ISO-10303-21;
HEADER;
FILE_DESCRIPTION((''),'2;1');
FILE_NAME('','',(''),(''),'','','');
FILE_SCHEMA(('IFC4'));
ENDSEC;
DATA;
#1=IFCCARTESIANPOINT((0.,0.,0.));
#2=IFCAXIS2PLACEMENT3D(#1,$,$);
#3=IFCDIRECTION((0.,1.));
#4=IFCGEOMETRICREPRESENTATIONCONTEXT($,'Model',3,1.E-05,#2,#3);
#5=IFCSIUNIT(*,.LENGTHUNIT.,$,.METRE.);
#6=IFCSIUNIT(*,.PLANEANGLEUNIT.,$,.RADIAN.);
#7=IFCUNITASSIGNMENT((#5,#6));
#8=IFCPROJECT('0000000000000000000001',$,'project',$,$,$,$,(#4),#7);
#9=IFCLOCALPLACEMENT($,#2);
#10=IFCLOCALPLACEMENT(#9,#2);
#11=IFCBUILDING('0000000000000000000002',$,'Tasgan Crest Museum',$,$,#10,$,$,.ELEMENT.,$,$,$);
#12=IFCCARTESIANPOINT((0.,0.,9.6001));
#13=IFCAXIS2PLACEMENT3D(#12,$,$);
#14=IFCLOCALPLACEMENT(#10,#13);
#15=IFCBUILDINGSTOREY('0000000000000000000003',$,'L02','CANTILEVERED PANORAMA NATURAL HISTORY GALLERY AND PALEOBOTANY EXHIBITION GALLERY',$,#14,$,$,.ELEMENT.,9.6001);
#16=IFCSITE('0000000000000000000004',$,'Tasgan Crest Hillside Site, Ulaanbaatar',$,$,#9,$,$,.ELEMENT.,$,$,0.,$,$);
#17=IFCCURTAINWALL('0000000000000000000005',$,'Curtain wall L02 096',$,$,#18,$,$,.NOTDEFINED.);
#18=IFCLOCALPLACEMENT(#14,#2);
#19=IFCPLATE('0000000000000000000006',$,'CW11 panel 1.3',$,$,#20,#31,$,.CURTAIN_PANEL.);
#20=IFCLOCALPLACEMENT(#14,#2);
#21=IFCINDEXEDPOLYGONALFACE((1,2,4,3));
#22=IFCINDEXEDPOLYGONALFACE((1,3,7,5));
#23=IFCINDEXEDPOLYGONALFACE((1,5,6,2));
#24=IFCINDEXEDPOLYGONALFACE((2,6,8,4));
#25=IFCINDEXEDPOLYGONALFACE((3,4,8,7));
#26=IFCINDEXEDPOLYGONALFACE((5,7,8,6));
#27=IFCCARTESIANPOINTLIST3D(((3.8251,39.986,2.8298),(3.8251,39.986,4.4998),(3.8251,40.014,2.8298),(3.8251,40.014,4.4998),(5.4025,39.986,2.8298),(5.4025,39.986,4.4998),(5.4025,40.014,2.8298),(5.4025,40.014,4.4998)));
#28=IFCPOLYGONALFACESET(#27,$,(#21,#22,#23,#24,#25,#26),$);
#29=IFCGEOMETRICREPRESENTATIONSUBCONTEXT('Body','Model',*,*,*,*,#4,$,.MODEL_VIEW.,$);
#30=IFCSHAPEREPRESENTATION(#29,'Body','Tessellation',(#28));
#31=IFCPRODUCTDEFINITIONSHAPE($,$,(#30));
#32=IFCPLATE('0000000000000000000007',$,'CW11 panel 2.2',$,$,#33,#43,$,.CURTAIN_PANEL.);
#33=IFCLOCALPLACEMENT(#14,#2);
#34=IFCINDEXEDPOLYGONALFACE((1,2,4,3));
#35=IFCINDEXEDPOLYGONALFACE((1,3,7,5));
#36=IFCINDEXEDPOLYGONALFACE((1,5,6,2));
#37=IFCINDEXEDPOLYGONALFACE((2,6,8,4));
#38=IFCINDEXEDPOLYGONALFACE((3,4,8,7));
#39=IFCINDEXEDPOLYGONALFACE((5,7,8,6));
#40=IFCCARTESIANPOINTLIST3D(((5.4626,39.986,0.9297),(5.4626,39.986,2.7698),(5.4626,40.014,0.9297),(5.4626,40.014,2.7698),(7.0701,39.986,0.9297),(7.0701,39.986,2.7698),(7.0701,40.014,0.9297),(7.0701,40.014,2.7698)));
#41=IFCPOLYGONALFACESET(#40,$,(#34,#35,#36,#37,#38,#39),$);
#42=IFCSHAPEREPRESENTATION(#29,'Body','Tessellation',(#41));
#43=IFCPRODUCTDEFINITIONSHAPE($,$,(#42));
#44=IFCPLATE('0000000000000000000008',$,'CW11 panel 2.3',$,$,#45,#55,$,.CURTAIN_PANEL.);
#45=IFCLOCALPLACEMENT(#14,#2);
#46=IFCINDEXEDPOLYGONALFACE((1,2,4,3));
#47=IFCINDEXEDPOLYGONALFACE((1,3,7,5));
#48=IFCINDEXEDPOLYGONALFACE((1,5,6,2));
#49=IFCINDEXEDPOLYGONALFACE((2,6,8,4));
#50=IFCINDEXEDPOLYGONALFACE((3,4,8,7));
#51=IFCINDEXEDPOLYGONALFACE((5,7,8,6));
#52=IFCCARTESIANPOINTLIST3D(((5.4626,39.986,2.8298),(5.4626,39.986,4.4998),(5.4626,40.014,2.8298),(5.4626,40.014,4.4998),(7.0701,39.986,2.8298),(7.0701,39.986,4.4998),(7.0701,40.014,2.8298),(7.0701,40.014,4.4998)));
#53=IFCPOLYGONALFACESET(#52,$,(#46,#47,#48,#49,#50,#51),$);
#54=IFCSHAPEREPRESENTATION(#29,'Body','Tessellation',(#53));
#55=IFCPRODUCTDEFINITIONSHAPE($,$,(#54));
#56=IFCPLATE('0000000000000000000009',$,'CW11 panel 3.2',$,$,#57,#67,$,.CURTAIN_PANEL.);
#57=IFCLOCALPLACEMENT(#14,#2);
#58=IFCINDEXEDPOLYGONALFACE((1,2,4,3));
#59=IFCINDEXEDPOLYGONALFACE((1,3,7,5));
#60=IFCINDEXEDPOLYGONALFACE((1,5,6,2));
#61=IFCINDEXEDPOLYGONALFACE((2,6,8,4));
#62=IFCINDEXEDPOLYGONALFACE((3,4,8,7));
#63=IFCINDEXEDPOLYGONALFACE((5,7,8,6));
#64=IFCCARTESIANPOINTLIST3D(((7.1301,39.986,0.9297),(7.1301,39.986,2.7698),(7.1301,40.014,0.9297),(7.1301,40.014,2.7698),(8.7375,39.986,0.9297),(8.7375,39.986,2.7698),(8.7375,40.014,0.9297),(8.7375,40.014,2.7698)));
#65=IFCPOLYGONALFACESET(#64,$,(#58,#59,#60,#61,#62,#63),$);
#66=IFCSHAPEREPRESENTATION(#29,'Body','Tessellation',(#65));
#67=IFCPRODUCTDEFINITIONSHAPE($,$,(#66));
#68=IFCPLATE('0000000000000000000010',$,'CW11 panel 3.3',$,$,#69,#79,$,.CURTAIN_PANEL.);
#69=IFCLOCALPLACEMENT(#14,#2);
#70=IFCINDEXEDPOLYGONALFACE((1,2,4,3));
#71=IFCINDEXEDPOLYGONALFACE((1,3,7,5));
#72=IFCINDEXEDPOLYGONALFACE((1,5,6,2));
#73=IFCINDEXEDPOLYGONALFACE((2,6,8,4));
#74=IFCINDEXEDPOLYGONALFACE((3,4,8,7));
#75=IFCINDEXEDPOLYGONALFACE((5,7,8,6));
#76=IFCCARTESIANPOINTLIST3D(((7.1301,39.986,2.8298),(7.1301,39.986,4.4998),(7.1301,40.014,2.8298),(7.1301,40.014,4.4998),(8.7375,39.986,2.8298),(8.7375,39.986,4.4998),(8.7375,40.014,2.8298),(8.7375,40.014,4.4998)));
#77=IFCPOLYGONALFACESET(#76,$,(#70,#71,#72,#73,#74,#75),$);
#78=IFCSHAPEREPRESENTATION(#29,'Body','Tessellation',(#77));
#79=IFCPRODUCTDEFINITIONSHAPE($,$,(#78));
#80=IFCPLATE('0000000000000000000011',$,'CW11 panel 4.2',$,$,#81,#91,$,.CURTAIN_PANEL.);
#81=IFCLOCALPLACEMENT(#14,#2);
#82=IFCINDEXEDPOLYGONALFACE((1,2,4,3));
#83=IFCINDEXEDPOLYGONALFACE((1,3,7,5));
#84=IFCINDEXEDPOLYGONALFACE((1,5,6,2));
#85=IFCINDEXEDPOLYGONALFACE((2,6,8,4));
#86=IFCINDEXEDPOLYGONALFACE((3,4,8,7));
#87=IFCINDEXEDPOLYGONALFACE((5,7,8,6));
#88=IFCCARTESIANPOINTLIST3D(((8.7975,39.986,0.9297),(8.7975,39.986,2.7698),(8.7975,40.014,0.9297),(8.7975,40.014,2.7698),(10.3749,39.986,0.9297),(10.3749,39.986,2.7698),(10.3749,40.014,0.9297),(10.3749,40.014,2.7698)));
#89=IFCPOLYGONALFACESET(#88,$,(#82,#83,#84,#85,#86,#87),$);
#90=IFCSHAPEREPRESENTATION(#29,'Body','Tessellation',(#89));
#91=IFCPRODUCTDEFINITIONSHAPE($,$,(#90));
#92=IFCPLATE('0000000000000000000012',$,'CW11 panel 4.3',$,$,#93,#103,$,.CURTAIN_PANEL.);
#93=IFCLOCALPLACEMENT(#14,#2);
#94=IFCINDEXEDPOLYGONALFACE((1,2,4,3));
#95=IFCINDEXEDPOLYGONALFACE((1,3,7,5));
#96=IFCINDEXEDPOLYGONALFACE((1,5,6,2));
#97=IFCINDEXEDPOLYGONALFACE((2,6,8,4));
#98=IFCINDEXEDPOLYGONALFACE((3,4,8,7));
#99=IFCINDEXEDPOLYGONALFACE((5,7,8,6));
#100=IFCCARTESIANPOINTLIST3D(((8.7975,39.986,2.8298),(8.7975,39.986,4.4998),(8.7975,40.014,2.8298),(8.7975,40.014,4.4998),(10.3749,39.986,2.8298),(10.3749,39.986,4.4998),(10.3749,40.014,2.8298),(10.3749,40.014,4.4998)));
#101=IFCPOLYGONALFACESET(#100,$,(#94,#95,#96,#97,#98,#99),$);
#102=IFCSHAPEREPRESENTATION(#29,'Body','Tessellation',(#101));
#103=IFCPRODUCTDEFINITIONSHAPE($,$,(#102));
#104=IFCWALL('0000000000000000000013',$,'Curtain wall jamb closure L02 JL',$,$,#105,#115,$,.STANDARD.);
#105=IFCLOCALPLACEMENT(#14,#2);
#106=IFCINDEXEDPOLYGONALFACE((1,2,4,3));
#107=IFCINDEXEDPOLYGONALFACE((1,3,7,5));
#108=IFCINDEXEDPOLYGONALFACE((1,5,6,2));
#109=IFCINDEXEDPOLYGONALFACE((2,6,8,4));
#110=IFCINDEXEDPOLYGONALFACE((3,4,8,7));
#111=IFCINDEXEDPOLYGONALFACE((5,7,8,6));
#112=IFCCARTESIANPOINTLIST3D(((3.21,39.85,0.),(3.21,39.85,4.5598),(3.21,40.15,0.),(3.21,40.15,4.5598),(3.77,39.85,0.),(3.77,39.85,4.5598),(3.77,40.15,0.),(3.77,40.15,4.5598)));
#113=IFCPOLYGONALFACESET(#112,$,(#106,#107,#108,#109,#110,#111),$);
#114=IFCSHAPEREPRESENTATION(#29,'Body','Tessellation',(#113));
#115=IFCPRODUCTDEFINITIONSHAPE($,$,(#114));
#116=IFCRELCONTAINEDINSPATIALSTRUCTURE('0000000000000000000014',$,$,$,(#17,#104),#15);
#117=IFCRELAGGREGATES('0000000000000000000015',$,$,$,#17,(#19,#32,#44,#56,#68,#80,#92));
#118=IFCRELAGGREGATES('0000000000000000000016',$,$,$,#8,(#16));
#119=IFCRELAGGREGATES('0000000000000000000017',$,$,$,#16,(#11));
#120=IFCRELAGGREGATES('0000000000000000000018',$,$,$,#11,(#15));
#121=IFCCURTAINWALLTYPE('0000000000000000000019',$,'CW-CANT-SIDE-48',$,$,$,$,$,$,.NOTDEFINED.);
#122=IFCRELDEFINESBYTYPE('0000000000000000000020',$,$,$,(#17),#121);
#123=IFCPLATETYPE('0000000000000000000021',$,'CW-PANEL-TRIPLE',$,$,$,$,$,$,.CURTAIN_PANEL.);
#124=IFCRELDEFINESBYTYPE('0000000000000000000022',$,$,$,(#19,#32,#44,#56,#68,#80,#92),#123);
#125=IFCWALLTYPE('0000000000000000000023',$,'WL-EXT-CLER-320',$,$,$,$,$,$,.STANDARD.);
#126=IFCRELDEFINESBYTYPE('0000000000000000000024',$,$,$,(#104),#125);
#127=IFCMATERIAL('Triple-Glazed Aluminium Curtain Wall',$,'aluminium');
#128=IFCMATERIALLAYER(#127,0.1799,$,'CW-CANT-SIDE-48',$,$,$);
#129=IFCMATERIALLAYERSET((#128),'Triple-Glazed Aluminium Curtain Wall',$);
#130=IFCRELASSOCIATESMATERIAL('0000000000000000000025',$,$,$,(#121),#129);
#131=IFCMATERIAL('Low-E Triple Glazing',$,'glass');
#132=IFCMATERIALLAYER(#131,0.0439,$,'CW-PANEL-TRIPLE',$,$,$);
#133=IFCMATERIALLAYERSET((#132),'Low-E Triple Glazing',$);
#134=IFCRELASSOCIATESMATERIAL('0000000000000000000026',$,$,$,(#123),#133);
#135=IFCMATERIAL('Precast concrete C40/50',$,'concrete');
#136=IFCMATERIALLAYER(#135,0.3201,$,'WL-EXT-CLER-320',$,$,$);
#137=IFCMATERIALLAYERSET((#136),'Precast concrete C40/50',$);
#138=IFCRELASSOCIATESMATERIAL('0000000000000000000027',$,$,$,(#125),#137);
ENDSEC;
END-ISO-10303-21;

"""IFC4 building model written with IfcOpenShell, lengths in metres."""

from ifc_helpers import new_model, si_unit, direction, frame, frame_2d, origin, origin_2d, place, context, subcontext, project, spatial, rectangle, extrude, material, layer, layer_set, type_object, element, aggregate, save


model = new_model("IFC4")

# Units and contexts
model_context = context("Model", 3, precision=1e-05, world=origin(), true_north=direction((0.0, 1.0)))
body_context = subcontext(model_context, "Body", "Model", "MODEL_VIEW")
ifc_project = project(units=[si_unit("LENGTHUNIT", "METRE"), si_unit("PLANEANGLEUNIT", "RADIAN")], contexts=[model_context])

# Site, building, storey
site_placement = place(None, origin())
site = spatial("IfcSite", under=ifc_project, at=site_placement, Name="Tasgan Crest Hillside Site, Ulaanbaatar", CompositionType="ELEMENT", RefElevation=0.0)
building_placement = place(site_placement, origin())
building = spatial("IfcBuilding", under=site, at=building_placement, Name="Tasgan Crest Museum", CompositionType="ELEMENT")
storey_placement = place(building_placement, frame((0.0, 0.0, 9.6001)))
storey = spatial("IfcBuildingStorey", under=building, at=storey_placement, Name="L02", Description="CANTILEVERED PANORAMA NATURAL HISTORY GALLERY AND PALEOBOTANY EXHIBITION GALLERY", CompositionType="ELEMENT", Elevation=9.6001)

# Curtain wall
ifc_material_1 = material(Name="Triple-Glazed Aluminium Curtain Wall", Category="aluminium")
ifc_layer_1 = layer(ifc_material_1, 0.1799, Name="CW-CANT-SIDE-48")
ifc_layer_set_1 = layer_set([ifc_layer_1], Name="Triple-Glazed Aluminium Curtain Wall")
curtain_wall_type = type_object("IfcCurtainWallType", Name="CW-CANT-SIDE-48", PredefinedType="NOTDEFINED", material=ifc_layer_set_1)
curtain_wall_placement = place(storey_placement, origin())
curtain_wall = element("IfcCurtainWall", 1, at=curtain_wall_placement, inside=storey, type_object=curtain_wall_type, Name="Curtain wall L02 096", PredefinedType="NOTDEFINED")

# Plates
ifc_material_2 = material(Name="Low-E Triple Glazing", Category="glass")
ifc_layer_2 = layer(ifc_material_2, 0.0439, Name="CW-PANEL-TRIPLE")
ifc_layer_set_2 = layer_set([ifc_layer_2], Name="Low-E Triple Glazing")
plate_type_1 = type_object("IfcPlateType", Name="CW-PANEL-TRIPLE", PredefinedType="CURTAIN_PANEL", material=ifc_layer_set_2)
plate_1_placement = place(storey_placement, frame((4.6138, 40.0, 2.8298), z_axis=(0.0, 0.0, 1.0), x_axis=(1.0, 0.0, 0.0)))
plate_1 = element("IfcPlate", 2, at=plate_1_placement, type_object=plate_type_1, Name="CW11 panel 1.3", PredefinedType="CURTAIN_PANEL", context=body_context, shape_type="SweptSolid", body=[
    extrude(rectangle(XDim=1.5774, YDim=0.0281, at=origin_2d()), origin(), (0.0, 0.0, 1.0), 1.6699),
])
plate_2_placement = place(storey_placement, frame((6.2664, 40.0, 0.9297), z_axis=(0.0, 0.0, 1.0), x_axis=(1.0, 0.0, 0.0)))
plate_2 = element("IfcPlate", 3, at=plate_2_placement, type_object=plate_type_1, Name="CW11 panel 2.2", PredefinedType="CURTAIN_PANEL", context=body_context, shape_type="SweptSolid", body=[
    extrude(rectangle(XDim=1.6074, YDim=0.0281, at=origin_2d()), origin(), (0.0, 0.0, 1.0), 1.8401),
])
plate_3_placement = place(storey_placement, frame((6.2664, 40.0, 2.8298), z_axis=(0.0, 0.0, 1.0), x_axis=(1.0, 0.0, 0.0)))
plate_3 = element("IfcPlate", 4, at=plate_3_placement, type_object=plate_type_1, Name="CW11 panel 2.3", PredefinedType="CURTAIN_PANEL", context=body_context, shape_type="SweptSolid", body=[
    extrude(rectangle(XDim=1.6074, YDim=0.0281, at=origin_2d()), origin(), (0.0, 0.0, 1.0), 1.6699),
])
plate_4_placement = place(storey_placement, frame((7.9338, 40.0, 0.9297), z_axis=(0.0, 0.0, 1.0), x_axis=(1.0, 0.0, 0.0)))
plate_4 = element("IfcPlate", 5, at=plate_4_placement, type_object=plate_type_1, Name="CW11 panel 3.2", PredefinedType="CURTAIN_PANEL", context=body_context, shape_type="SweptSolid", body=[
    extrude(rectangle(XDim=1.6074, YDim=0.0281, at=origin_2d()), origin(), (0.0, 0.0, 1.0), 1.8401),
])
plate_5_placement = place(storey_placement, frame((7.9338, 40.0, 2.8298), z_axis=(0.0, 0.0, 1.0), x_axis=(1.0, 0.0, 0.0)))
plate_5 = element("IfcPlate", 6, at=plate_5_placement, type_object=plate_type_1, Name="CW11 panel 3.3", PredefinedType="CURTAIN_PANEL", context=body_context, shape_type="SweptSolid", body=[
    extrude(rectangle(XDim=1.6074, YDim=0.0281, at=origin_2d()), origin(), (0.0, 0.0, 1.0), 1.6699),
])
plate_6_placement = place(storey_placement, frame((9.5862, 40.0, 0.9297), z_axis=(0.0, 0.0, 1.0), x_axis=(1.0, 0.0, 0.0)))
plate_6 = element("IfcPlate", 7, at=plate_6_placement, type_object=plate_type_1, Name="CW11 panel 4.2", PredefinedType="CURTAIN_PANEL", context=body_context, shape_type="SweptSolid", body=[
    extrude(rectangle(XDim=1.5774, YDim=0.0281, at=origin_2d()), origin(), (0.0, 0.0, 1.0), 1.8401),
])
plate_7_placement = place(storey_placement, frame((9.5862, 40.0, 2.8298), z_axis=(0.0, 0.0, 1.0), x_axis=(1.0, 0.0, 0.0)))
plate_7 = element("IfcPlate", 8, at=plate_7_placement, type_object=plate_type_1, Name="CW11 panel 4.3", PredefinedType="CURTAIN_PANEL", context=body_context, shape_type="SweptSolid", body=[
    extrude(rectangle(XDim=1.5774, YDim=0.0281, at=origin_2d()), origin(), (0.0, 0.0, 1.0), 1.6699),
])
aggregate(curtain_wall, [plate_1, plate_2, plate_3, plate_4, plate_5, plate_6, plate_7])

# Wall
ifc_material_3 = material(Name="Precast concrete C40/50", Category="concrete")
ifc_layer_3 = layer(ifc_material_3, 0.3201, Name="WL-EXT-CLER-320")
ifc_layer_set_3 = layer_set([ifc_layer_3], Name="Precast concrete C40/50")
wall_type = type_object("IfcWallType", Name="WL-EXT-CLER-320", PredefinedType="STANDARD", material=ifc_layer_set_3)
wall_placement = place(storey_placement, frame((3.21, 40.0, 0.0), z_axis=(0.0, 0.0, 1.0), x_axis=(1.0, 0.0, 0.0)))
element("IfcWall", 9, at=wall_placement, inside=storey, type_object=wall_type, Name="Curtain wall jamb closure L02 JL", PredefinedType="STANDARD", context=body_context, shape_type="SweptSolid", body=[
    extrude(rectangle(XDim=0.5601, YDim=0.3, at=frame_2d((0.28, 0.0))), origin(), (0.0, 0.0, 1.0), 4.5598),
])

save(model, "model.ifc")
